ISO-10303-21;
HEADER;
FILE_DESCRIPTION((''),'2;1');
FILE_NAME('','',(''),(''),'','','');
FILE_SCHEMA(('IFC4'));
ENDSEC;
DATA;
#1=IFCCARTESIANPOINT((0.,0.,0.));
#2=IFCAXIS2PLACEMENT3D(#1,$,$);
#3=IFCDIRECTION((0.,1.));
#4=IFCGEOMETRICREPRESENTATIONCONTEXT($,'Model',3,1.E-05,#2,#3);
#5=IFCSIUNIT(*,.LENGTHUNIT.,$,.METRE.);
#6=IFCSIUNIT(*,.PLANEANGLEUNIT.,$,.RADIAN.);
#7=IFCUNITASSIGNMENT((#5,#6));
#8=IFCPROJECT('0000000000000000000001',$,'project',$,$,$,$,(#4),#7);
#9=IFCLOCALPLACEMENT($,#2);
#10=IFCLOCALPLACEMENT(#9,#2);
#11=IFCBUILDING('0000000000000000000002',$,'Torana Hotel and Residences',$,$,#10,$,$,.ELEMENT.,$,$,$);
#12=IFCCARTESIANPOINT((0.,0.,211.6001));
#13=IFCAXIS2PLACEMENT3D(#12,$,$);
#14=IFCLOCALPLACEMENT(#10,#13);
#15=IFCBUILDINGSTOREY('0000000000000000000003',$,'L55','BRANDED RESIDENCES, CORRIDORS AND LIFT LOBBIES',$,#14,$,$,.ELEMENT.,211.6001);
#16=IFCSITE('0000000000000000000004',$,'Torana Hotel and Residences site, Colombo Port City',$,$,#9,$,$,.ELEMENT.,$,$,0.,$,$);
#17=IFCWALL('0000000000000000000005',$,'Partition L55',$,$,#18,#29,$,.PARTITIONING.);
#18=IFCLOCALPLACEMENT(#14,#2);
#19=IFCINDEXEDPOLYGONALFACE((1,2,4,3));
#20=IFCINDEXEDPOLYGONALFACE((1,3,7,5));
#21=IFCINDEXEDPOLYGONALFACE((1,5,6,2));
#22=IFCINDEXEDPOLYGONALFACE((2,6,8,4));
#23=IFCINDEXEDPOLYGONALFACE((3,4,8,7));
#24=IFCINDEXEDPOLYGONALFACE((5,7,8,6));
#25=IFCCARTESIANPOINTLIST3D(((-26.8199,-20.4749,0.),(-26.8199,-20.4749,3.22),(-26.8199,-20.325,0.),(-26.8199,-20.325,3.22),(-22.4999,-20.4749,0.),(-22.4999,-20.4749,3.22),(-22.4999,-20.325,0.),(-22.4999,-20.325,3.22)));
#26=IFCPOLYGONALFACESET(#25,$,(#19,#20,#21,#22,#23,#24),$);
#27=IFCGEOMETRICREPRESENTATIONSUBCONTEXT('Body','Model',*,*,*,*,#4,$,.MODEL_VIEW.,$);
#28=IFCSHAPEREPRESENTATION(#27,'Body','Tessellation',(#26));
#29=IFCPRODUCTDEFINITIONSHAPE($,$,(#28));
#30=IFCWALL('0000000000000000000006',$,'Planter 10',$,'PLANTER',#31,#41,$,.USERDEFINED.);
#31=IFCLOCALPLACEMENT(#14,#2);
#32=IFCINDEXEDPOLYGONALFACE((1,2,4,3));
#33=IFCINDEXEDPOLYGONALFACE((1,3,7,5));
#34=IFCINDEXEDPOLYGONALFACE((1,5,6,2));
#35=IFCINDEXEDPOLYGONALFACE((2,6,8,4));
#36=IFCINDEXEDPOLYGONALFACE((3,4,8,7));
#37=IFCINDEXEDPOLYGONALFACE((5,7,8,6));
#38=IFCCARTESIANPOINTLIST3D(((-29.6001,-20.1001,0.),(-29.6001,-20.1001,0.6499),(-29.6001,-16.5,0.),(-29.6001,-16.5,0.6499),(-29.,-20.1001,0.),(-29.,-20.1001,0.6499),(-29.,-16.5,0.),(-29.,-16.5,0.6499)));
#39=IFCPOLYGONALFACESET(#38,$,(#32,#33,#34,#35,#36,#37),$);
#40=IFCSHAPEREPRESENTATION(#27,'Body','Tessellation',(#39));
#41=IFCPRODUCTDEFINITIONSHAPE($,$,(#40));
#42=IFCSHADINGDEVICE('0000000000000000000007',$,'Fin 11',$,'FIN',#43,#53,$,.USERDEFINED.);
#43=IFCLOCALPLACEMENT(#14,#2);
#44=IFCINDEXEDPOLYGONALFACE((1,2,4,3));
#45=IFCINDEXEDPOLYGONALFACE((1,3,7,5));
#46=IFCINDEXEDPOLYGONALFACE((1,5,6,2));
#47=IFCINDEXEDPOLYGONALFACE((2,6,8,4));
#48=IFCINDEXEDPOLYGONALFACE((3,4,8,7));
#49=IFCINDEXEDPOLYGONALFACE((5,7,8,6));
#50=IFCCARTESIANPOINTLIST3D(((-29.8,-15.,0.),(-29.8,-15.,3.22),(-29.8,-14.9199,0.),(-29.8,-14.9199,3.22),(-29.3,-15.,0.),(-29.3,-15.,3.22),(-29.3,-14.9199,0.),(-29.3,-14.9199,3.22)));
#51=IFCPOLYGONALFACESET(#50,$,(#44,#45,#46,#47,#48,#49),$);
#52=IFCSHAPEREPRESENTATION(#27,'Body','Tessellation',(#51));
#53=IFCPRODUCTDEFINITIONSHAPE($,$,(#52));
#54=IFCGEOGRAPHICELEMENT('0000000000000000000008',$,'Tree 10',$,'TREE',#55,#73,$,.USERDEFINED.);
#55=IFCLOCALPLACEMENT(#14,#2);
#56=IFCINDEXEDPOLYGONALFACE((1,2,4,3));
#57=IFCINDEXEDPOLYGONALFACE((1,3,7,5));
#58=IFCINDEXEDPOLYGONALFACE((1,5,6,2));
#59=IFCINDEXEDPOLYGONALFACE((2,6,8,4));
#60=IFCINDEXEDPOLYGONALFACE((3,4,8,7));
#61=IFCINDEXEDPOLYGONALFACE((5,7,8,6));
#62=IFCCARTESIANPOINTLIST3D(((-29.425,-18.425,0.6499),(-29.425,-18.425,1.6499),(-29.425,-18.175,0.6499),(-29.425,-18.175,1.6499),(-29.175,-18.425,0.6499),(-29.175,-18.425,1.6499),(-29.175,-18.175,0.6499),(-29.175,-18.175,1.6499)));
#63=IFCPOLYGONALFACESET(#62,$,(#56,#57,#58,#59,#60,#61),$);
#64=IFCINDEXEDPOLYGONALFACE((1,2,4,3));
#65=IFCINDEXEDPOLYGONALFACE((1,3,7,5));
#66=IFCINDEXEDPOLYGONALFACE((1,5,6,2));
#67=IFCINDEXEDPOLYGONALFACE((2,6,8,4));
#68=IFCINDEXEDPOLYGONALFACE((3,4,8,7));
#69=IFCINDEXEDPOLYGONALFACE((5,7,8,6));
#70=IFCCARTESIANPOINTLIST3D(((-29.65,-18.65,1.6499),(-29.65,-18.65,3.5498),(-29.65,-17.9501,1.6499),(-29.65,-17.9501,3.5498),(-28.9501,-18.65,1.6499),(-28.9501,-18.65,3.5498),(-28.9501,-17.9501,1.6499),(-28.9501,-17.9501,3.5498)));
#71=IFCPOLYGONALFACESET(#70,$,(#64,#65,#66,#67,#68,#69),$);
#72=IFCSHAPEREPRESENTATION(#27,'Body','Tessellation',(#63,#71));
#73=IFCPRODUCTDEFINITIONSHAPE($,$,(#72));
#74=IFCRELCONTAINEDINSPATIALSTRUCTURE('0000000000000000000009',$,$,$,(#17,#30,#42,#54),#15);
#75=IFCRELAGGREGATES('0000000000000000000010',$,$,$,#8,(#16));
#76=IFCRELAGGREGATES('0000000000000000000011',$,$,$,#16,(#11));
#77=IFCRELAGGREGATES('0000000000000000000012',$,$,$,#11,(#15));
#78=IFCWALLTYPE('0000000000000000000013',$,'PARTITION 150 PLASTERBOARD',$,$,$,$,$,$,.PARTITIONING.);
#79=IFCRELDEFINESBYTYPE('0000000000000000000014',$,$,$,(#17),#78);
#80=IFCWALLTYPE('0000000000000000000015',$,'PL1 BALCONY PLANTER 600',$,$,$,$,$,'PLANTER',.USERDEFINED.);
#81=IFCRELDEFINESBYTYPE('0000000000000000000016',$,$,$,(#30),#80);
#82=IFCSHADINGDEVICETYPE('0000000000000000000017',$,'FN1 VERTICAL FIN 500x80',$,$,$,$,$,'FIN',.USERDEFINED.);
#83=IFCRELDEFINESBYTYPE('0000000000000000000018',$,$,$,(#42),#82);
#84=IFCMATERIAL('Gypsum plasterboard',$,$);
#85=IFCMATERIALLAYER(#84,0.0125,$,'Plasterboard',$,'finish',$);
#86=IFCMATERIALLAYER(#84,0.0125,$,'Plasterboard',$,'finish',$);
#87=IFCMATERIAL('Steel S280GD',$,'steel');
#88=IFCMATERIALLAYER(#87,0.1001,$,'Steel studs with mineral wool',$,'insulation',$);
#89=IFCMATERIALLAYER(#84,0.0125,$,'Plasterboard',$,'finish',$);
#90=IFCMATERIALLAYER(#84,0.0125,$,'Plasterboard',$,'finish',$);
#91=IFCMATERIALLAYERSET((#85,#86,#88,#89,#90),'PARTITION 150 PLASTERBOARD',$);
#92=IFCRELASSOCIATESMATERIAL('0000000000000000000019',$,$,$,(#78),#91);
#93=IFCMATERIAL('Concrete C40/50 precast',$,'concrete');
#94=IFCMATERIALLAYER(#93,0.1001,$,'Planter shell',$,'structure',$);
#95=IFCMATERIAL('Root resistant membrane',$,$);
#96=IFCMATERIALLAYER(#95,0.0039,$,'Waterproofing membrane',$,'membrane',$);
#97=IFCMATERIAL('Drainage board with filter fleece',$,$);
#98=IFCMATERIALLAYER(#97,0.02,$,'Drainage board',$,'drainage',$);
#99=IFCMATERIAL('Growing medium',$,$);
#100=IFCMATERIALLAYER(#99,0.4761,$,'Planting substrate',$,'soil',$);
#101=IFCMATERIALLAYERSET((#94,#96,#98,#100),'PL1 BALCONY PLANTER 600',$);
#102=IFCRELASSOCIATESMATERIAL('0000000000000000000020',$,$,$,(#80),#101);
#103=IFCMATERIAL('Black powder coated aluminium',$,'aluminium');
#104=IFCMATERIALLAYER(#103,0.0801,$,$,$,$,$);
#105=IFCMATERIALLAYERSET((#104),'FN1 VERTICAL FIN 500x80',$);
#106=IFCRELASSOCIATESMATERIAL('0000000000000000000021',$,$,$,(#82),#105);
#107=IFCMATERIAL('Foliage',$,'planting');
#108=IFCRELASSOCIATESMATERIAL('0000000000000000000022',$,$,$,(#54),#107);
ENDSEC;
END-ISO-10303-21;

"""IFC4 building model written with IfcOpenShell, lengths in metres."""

from ifc_helpers import new_model, si_unit, direction, frame, frame_2d, origin, origin_2d, place, context, subcontext, project, spatial, rectangle, extrude, material, layer, layer_set, type_object, element, save


model = new_model("IFC4")

# Units and contexts
model_context = context("Model", 3, precision=1e-05, world=origin(), true_north=direction((0.0, 1.0)))
body_context = subcontext(model_context, "Body", "Model", "MODEL_VIEW")
ifc_project = project(units=[si_unit("LENGTHUNIT", "METRE"), si_unit("PLANEANGLEUNIT", "RADIAN")], contexts=[model_context])

# Site, building, storey
site_placement = place(None, origin())
site = spatial("IfcSite", under=ifc_project, at=site_placement, Name="Torana Hotel and Residences site, Colombo Port City", CompositionType="ELEMENT", RefElevation=0.0)
building_placement = place(site_placement, origin())
building = spatial("IfcBuilding", under=site, at=building_placement, Name="Torana Hotel and Residences", CompositionType="ELEMENT")
storey_placement = place(building_placement, frame((0.0, 0.0, 211.6001)))
storey = spatial("IfcBuildingStorey", under=building, at=storey_placement, Name="L55", Description="BRANDED RESIDENCES, CORRIDORS AND LIFT LOBBIES", CompositionType="ELEMENT", Elevation=211.6001)

# Walls
ifc_material_1 = material(Name="Gypsum plasterboard")
ifc_layer_1 = layer(ifc_material_1, 0.0125, Name="Plasterboard", Category="finish")
ifc_layer_2 = layer(ifc_material_1, 0.0125, Name="Plasterboard", Category="finish")
ifc_material_2 = material(Name="Steel S280GD", Category="steel")
ifc_layer_3 = layer(ifc_material_2, 0.1001, Name="Steel studs with mineral wool", Category="insulation")
ifc_layer_4 = layer(ifc_material_1, 0.0125, Name="Plasterboard", Category="finish")
ifc_layer_5 = layer(ifc_material_1, 0.0125, Name="Plasterboard", Category="finish")
ifc_layer_set_1 = layer_set([ifc_layer_1, ifc_layer_2, ifc_layer_3, ifc_layer_4, ifc_layer_5], Name="PARTITION 150 PLASTERBOARD")
wall_type_1 = type_object("IfcWallType", Name="PARTITION 150 PLASTERBOARD", PredefinedType="PARTITIONING", material=ifc_layer_set_1)
wall_1_placement = place(storey_placement, frame((-26.8201, -20.3999, 0.0), z_axis=(0.0, 0.0, 1.0), x_axis=(1.0, 0.0, 0.0)))
element("IfcWall", 1, at=wall_1_placement, inside=storey, type_object=wall_type_1, Name="Partition L55", PredefinedType="PARTITIONING", context=body_context, shape_type="SweptSolid", body=[
    extrude(rectangle(XDim=4.3201, YDim=0.1499, at=frame_2d((2.1602, 0.0))), origin(), (0.0, 0.0, 1.0), 3.22),
])
ifc_material_3 = material(Name="Concrete C40/50 precast", Category="concrete")
ifc_layer_6 = layer(ifc_material_3, 0.1001, Name="Planter shell", Category="structure")
ifc_material_4 = material(Name="Root resistant membrane")
ifc_layer_7 = layer(ifc_material_4, 0.0039, Name="Waterproofing membrane", Category="membrane")
ifc_material_5 = material(Name="Drainage board with filter fleece")
ifc_layer_8 = layer(ifc_material_5, 0.02, Name="Drainage board", Category="drainage")
ifc_material_6 = material(Name="Growing medium")
ifc_layer_9 = layer(ifc_material_6, 0.4761, Name="Planting substrate", Category="soil")
ifc_layer_set_2 = layer_set([ifc_layer_6, ifc_layer_7, ifc_layer_8, ifc_layer_9], Name="PL1 BALCONY PLANTER 600")
wall_type_2 = type_object("IfcWallType", Name="PL1 BALCONY PLANTER 600", ElementType="PLANTER", PredefinedType="USERDEFINED", material=ifc_layer_set_2)
wall_2_placement = place(storey_placement, frame((-29.3, -20.1001, 0.0), z_axis=(0.0, 0.0, 1.0), x_axis=(0.0, 1.0, 0.0)))
element("IfcWall", 2, at=wall_2_placement, inside=storey, type_object=wall_type_2, Name="Planter 10", ObjectType="PLANTER", PredefinedType="USERDEFINED", context=body_context, shape_type="SweptSolid", body=[
    extrude(rectangle(XDim=3.6001, YDim=0.6001, at=frame_2d((1.8, 0.0))), origin(), (0.0, 0.0, 1.0), 0.6499),
])

# Shading device
ifc_material_7 = material(Name="Black powder coated aluminium", Category="aluminium")
ifc_layer_10 = layer(ifc_material_7, 0.0801)
ifc_layer_set_3 = layer_set([ifc_layer_10], Name="FN1 VERTICAL FIN 500x80")
shading_device_type = type_object("IfcShadingDeviceType", Name="FN1 VERTICAL FIN 500x80", ElementType="FIN", PredefinedType="USERDEFINED", material=ifc_layer_set_3)
shading_device_placement = place(storey_placement, frame((-29.55, -14.96, 0.0), z_axis=(0.0, 0.0, 1.0), x_axis=(0.0, 1.0, 0.0)))
element("IfcShadingDevice", 3, at=shading_device_placement, inside=storey, type_object=shading_device_type, Name="Fin 11", ObjectType="FIN", PredefinedType="USERDEFINED", context=body_context, shape_type="SweptSolid", body=[
    extrude(rectangle(XDim=0.0801, YDim=0.5, at=origin_2d()), origin(), (0.0, 0.0, 1.0), 3.22),
])

# Geographic element
ifc_material_8 = material(Name="Foliage", Category="planting")
geographic_element_placement = place(storey_placement, frame((-29.3, -18.3, 0.6499), z_axis=(0.0, 0.0, 1.0), x_axis=(1.0, 0.0, 0.0)))
element("IfcGeographicElement", 4, at=geographic_element_placement, inside=storey, material=ifc_material_8, Name="Tree 10", ObjectType="TREE", PredefinedType="USERDEFINED", context=body_context, shape_type="SweptSolid", body=[
    extrude(rectangle(XDim=0.25, YDim=0.25, at=origin_2d()), origin(), (0.0, 0.0, 1.0), 1.0),
    extrude(rectangle(XDim=0.7, YDim=0.7, at=origin_2d()), frame((0.0, 0.0, 1.0)), (0.0, 0.0, 1.0), 1.8999),
])

save(model, "model.ifc")
